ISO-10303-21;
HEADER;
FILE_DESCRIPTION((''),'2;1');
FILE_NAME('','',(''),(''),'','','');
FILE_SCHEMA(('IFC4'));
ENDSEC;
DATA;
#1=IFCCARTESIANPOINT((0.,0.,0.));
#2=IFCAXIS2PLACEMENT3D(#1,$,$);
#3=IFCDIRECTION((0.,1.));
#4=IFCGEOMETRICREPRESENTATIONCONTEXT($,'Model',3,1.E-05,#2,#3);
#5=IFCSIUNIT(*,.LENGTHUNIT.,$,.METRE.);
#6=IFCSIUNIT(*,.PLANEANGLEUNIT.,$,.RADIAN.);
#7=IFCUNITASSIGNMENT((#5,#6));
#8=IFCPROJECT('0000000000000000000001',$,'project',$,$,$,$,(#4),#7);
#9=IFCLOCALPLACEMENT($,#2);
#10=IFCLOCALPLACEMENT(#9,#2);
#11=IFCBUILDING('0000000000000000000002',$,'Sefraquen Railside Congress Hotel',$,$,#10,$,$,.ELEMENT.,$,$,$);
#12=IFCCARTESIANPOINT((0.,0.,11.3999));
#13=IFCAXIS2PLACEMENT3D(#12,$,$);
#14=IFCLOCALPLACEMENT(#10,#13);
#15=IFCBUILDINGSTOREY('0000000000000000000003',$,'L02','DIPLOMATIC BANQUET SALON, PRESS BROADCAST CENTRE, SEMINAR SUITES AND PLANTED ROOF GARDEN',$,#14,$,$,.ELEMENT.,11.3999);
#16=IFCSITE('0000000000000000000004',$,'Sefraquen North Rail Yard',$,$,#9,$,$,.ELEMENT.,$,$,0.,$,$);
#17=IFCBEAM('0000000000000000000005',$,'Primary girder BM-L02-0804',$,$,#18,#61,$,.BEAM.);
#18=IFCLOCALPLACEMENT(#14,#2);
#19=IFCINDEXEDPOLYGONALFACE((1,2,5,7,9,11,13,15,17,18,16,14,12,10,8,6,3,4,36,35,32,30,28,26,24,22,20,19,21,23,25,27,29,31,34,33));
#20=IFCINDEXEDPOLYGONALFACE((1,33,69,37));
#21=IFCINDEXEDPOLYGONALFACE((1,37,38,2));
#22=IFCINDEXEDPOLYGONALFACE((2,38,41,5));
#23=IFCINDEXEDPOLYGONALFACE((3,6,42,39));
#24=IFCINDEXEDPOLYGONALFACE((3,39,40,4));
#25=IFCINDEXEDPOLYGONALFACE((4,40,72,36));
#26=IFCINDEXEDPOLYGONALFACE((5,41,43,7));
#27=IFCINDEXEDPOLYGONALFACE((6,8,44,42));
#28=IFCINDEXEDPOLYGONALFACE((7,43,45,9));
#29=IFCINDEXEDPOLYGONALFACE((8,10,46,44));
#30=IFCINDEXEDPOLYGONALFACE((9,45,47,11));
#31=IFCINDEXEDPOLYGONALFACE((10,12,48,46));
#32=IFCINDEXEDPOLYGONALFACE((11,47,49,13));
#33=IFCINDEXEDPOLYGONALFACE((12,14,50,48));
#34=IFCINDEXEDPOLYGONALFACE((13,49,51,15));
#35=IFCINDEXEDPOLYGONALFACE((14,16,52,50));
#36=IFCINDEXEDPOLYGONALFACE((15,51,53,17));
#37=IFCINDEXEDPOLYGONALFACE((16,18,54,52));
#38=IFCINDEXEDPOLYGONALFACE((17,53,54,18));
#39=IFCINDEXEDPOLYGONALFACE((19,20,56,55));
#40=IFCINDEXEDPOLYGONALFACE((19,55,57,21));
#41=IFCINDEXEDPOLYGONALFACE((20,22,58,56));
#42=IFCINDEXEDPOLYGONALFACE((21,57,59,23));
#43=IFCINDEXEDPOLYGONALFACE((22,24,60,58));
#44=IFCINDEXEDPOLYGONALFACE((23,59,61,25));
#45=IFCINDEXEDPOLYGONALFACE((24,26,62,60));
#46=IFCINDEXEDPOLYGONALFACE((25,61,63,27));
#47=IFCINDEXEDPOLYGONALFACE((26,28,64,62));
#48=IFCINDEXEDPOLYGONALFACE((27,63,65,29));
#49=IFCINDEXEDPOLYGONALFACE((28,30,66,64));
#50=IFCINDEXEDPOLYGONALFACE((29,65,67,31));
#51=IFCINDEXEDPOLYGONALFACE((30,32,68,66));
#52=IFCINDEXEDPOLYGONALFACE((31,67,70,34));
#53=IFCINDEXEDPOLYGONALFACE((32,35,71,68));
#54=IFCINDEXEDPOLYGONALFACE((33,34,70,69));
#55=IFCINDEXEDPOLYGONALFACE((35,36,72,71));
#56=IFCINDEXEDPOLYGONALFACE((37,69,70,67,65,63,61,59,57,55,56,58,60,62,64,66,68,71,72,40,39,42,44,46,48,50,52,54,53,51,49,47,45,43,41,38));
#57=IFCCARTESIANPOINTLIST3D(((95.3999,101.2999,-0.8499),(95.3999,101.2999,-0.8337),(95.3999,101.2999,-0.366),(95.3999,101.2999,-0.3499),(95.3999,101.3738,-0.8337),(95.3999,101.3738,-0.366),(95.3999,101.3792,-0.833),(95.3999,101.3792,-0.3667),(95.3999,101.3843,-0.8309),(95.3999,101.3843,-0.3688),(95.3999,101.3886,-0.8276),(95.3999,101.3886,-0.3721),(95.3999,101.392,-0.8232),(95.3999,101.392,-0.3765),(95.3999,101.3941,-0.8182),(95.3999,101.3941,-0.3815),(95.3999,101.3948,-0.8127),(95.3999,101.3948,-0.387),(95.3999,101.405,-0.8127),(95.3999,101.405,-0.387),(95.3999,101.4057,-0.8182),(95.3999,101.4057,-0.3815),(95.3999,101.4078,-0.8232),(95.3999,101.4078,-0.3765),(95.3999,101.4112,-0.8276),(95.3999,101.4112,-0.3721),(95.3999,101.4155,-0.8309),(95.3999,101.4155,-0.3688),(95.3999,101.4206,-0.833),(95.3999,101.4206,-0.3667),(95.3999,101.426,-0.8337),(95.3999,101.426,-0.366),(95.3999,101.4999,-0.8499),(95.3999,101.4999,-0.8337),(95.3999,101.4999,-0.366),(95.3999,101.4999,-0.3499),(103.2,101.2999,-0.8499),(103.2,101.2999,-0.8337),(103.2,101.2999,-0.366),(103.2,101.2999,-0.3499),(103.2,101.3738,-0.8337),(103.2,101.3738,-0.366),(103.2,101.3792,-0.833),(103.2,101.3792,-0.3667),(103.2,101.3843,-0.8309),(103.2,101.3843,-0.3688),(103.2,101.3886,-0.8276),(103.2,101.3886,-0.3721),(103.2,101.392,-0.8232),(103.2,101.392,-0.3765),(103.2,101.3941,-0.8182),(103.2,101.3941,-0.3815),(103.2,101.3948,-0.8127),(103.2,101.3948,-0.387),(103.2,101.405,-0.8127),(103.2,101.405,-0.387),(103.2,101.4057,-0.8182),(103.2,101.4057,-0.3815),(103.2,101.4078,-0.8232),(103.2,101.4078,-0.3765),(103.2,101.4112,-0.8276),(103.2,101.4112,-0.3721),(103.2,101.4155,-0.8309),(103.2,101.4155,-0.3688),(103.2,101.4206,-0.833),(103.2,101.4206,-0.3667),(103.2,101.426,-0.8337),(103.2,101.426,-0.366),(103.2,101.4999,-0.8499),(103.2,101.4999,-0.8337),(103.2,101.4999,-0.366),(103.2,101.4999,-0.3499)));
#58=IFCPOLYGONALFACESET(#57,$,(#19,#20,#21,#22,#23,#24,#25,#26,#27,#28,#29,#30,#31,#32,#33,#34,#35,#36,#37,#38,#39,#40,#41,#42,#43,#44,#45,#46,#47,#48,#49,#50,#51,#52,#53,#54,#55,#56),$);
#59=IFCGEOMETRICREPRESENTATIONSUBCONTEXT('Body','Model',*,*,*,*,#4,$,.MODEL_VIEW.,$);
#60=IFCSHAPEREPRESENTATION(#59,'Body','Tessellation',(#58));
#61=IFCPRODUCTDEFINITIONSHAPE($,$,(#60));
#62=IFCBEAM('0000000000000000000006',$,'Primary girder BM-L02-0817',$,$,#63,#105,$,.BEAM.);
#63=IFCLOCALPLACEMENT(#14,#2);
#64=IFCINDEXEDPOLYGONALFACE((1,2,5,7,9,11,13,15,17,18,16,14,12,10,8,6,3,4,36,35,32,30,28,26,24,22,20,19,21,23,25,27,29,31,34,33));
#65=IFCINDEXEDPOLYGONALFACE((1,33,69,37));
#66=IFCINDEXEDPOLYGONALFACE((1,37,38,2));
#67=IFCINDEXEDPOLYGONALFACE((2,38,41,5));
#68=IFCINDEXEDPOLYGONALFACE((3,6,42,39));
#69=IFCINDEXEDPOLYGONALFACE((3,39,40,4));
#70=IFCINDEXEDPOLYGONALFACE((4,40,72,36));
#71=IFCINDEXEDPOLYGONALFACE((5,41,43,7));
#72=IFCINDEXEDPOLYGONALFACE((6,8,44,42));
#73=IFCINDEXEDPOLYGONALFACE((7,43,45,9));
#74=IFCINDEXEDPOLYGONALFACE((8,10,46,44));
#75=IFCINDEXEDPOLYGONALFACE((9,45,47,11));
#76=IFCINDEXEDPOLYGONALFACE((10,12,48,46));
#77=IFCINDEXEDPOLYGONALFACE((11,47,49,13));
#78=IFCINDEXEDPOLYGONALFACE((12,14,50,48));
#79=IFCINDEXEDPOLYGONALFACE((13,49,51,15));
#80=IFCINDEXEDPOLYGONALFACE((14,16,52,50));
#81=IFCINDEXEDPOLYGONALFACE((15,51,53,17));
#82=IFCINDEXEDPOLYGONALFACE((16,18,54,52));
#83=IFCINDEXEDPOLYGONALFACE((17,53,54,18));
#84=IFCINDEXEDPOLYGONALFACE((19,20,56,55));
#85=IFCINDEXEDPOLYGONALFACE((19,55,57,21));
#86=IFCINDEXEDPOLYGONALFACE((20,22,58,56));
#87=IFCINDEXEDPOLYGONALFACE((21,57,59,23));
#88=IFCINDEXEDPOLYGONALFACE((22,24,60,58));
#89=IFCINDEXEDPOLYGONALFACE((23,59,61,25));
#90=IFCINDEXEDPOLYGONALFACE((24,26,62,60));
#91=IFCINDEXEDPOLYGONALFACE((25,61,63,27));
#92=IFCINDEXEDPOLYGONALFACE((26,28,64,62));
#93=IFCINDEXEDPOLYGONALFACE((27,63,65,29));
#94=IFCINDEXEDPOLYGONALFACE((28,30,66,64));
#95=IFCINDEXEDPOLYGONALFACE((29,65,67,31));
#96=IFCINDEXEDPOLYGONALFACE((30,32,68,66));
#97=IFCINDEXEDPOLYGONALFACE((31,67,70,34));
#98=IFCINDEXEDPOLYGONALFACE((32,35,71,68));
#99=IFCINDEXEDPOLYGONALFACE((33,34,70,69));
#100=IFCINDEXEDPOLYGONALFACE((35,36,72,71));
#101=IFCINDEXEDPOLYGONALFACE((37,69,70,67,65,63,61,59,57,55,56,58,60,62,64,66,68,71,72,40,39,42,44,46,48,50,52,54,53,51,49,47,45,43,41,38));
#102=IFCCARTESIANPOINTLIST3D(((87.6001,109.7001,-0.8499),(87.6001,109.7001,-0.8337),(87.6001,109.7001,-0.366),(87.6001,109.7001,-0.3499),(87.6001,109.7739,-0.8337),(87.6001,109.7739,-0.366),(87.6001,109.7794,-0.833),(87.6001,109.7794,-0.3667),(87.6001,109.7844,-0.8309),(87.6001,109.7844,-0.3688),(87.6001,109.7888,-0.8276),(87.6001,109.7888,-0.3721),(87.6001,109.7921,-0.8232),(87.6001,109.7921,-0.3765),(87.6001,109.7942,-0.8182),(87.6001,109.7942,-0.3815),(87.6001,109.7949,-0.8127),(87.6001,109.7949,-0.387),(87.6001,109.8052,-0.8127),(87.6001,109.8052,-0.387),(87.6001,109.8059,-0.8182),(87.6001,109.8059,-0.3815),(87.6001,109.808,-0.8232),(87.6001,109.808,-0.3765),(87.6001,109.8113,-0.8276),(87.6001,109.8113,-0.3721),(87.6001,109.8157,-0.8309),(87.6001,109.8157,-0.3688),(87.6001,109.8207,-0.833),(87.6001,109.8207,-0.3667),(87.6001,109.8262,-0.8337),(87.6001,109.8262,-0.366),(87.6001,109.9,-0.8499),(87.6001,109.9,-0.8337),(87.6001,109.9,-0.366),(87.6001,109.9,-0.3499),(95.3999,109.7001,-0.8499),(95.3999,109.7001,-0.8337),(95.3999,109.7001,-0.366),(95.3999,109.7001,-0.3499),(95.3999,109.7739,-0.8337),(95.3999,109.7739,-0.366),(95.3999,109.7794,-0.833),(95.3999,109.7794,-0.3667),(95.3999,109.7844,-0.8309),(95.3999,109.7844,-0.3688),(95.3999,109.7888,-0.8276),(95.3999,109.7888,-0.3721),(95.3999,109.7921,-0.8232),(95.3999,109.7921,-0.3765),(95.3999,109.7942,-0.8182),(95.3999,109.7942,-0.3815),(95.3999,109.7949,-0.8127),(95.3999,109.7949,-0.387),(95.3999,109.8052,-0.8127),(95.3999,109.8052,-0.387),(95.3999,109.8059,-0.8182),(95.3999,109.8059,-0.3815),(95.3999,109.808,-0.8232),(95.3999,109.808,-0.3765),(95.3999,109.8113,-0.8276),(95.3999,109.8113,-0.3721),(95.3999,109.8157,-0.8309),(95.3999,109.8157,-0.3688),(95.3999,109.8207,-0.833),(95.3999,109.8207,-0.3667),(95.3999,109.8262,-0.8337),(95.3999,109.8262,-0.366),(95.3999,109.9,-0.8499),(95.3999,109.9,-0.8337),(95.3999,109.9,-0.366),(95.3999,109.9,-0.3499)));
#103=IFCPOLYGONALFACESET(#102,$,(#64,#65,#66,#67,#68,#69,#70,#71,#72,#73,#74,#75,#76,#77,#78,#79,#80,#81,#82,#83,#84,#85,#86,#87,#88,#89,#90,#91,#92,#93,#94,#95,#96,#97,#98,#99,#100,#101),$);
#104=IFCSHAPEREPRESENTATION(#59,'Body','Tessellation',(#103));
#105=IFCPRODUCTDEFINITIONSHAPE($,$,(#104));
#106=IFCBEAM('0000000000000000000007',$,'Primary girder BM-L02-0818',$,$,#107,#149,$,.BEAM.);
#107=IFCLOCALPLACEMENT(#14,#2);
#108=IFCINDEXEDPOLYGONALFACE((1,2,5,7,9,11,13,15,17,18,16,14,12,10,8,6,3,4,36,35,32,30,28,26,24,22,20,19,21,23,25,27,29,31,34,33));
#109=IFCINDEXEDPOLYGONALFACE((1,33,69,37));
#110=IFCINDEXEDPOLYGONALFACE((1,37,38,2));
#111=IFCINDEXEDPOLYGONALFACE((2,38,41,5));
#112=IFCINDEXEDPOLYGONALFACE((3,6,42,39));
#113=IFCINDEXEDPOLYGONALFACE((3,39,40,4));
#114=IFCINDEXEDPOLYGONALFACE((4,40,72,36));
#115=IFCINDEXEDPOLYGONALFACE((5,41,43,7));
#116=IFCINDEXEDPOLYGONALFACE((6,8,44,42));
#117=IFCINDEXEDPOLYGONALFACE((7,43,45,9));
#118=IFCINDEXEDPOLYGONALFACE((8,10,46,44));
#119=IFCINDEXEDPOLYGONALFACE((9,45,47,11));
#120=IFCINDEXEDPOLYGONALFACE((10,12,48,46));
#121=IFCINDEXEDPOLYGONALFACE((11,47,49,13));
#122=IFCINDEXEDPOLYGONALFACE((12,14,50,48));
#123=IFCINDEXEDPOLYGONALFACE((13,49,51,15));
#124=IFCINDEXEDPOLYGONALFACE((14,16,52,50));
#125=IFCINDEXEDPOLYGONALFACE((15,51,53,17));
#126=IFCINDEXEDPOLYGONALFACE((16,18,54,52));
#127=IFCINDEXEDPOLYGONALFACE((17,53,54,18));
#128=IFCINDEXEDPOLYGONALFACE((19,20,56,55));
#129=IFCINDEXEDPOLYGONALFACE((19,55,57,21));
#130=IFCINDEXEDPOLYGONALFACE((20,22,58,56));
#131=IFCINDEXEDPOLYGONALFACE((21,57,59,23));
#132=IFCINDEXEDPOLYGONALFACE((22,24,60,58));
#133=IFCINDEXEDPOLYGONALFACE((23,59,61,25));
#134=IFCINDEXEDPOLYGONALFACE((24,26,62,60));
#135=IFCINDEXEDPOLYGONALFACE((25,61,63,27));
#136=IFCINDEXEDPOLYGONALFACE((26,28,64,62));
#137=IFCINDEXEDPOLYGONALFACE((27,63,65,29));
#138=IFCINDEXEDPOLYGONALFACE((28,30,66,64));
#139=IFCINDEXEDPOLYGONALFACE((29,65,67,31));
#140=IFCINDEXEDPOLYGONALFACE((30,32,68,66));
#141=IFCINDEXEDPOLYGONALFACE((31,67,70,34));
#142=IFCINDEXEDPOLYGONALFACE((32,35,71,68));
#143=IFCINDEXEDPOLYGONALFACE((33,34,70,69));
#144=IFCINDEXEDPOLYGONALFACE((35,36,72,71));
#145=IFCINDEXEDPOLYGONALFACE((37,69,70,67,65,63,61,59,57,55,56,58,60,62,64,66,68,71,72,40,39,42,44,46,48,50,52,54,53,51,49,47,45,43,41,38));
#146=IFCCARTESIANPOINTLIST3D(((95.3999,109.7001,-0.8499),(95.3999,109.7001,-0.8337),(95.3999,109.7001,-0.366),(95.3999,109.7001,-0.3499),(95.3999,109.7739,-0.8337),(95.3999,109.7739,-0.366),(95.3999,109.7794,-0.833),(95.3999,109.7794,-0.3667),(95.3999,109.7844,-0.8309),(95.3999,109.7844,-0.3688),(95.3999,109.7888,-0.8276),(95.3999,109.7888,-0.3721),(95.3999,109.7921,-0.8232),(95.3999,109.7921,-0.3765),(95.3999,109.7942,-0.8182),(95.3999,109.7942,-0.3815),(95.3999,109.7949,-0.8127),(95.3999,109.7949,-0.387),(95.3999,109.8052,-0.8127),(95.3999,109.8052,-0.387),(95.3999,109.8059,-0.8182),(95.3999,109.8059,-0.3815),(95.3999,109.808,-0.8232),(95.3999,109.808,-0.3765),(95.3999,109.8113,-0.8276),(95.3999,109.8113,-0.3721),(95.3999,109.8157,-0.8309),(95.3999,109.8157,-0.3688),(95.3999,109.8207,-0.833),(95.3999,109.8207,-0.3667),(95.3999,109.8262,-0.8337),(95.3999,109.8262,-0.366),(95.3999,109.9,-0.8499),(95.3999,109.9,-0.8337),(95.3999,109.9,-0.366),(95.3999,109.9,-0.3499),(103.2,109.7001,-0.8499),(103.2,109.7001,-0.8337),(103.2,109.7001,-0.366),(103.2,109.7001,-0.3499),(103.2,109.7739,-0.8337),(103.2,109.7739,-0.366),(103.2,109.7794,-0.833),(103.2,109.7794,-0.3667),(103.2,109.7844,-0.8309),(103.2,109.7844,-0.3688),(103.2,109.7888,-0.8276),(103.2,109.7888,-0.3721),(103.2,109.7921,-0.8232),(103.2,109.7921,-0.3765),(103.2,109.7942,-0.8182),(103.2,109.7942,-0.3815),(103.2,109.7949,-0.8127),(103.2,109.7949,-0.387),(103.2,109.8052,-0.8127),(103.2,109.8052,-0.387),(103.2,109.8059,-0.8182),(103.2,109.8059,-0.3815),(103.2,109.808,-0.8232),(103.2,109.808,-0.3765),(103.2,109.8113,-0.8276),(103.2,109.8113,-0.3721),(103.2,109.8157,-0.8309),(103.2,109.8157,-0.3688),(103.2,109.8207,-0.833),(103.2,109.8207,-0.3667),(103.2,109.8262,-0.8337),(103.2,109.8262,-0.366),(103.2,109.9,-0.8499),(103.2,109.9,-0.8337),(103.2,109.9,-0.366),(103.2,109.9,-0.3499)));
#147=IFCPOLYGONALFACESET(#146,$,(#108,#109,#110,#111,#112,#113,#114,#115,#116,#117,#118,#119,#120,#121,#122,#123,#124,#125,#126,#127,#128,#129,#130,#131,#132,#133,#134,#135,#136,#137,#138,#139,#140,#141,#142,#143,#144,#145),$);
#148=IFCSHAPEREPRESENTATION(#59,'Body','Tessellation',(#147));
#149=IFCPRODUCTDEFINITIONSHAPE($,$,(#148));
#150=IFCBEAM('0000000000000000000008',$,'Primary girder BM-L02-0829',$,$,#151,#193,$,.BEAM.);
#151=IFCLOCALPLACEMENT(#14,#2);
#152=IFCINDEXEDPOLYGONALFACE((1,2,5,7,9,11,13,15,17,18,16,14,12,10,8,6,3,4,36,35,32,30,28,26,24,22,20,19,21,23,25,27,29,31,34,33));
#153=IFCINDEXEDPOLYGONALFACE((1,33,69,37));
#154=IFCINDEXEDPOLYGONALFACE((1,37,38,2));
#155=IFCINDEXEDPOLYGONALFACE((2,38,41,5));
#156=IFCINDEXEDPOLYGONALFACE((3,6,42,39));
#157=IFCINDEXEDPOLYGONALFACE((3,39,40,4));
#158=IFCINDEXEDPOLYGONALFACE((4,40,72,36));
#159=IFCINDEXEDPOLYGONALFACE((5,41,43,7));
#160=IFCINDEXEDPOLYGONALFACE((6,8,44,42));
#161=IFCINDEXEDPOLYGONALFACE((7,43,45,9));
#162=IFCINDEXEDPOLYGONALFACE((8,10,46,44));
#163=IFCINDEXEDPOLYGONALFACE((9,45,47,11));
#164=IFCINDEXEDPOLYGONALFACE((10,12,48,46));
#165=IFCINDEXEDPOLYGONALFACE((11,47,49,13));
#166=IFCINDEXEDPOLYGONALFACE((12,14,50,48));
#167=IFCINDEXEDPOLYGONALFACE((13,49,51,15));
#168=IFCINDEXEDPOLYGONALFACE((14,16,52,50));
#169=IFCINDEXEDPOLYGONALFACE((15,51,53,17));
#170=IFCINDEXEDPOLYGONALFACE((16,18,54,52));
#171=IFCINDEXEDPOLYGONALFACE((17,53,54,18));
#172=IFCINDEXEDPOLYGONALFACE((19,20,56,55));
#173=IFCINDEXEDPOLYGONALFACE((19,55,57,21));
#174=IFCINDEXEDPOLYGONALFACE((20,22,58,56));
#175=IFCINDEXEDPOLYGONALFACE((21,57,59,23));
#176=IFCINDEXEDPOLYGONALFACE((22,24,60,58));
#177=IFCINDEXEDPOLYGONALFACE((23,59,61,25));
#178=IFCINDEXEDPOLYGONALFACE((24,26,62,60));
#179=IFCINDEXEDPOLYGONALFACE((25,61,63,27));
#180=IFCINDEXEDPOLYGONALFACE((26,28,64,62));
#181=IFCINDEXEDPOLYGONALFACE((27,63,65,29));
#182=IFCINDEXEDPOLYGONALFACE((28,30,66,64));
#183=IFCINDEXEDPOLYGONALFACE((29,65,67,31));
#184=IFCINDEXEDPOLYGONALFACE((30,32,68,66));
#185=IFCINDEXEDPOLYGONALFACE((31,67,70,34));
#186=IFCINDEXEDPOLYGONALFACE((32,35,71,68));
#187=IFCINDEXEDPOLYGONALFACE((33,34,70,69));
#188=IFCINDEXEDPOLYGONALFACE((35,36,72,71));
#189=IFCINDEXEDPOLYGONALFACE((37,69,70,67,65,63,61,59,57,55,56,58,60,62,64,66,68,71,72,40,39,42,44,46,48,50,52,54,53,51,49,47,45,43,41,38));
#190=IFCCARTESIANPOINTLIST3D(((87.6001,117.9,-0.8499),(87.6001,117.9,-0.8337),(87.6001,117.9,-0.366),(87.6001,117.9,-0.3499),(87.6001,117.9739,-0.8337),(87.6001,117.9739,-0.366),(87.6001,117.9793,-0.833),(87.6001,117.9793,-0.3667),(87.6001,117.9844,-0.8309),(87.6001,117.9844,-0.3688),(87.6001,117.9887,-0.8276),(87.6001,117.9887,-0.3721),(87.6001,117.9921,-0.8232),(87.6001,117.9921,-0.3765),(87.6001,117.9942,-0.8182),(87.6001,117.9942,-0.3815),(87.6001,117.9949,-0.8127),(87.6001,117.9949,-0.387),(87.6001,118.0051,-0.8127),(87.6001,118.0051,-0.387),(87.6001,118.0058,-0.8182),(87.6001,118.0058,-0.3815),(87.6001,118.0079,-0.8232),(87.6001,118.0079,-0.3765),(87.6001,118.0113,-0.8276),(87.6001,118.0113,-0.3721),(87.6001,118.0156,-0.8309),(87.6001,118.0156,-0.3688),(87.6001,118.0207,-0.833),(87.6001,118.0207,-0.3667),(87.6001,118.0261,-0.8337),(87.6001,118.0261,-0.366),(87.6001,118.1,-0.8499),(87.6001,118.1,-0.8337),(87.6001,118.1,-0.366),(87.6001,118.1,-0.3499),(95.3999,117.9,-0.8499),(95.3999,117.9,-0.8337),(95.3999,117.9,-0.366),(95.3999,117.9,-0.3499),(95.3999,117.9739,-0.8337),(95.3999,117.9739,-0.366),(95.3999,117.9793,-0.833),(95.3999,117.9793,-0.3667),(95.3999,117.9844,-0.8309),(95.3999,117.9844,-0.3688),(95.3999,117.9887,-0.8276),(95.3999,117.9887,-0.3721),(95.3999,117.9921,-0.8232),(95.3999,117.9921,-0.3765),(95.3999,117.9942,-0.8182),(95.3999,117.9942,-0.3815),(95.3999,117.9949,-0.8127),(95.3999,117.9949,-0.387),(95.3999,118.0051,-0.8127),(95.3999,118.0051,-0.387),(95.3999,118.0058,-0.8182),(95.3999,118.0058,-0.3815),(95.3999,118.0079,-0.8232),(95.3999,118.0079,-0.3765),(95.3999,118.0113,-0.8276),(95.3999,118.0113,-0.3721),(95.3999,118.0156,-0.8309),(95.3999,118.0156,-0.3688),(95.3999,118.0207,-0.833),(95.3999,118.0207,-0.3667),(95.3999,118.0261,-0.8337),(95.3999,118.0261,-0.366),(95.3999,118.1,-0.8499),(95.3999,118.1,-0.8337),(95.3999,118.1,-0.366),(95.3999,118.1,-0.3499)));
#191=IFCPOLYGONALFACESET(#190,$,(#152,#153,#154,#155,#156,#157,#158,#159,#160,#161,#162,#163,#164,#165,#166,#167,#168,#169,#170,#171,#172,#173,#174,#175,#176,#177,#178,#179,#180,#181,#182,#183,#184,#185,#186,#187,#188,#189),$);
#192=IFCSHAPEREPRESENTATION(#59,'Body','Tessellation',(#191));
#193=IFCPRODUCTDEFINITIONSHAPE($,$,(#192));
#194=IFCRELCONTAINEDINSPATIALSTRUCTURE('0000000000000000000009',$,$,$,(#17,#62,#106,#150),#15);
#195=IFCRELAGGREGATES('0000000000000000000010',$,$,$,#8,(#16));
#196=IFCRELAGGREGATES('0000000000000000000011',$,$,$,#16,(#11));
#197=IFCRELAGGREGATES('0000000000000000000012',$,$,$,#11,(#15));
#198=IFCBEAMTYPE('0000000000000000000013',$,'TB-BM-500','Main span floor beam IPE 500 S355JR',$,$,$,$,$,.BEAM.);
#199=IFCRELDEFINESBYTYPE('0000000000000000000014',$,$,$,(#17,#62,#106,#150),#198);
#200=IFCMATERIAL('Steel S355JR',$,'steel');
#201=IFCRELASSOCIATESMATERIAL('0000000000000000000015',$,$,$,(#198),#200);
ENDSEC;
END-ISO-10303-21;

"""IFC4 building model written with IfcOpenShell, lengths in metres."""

from ifc_helpers import new_model, si_unit, direction, frame, origin, origin_2d, place, context, subcontext, project, spatial, i_section, extrude, material, material_profile, profile_set, type_object, element, save


model = new_model("IFC4")

# Units and contexts
model_context = context("Model", 3, precision=1e-05, world=origin(), true_north=direction((0.0, 1.0)))
body_context = subcontext(model_context, "Body", "Model", "MODEL_VIEW")
ifc_project = project(units=[si_unit("LENGTHUNIT", "METRE"), si_unit("PLANEANGLEUNIT", "RADIAN")], contexts=[model_context])

# Site, building, storey
site_placement = place(None, origin())
site = spatial("IfcSite", under=ifc_project, at=site_placement, Name="Sefraquen North Rail Yard", CompositionType="ELEMENT", RefElevation=0.0)
building_placement = place(site_placement, origin())
building = spatial("IfcBuilding", under=site, at=building_placement, Name="Sefraquen Railside Congress Hotel", CompositionType="ELEMENT")
storey_placement = place(building_placement, frame((0.0, 0.0, 11.3999)))
storey = spatial("IfcBuildingStorey", under=building, at=storey_placement, Name="L02", Description="DIPLOMATIC BANQUET SALON, PRESS BROADCAST CENTRE, SEMINAR SUITES AND PLANTED ROOF GARDEN", CompositionType="ELEMENT", Elevation=11.3999)

# Shared definitions
ifc_material_1 = material(Name="Steel S355JR", Category="steel")

# Beams
ifc_material_profile_1 = material_profile(ifc_material_1, i_section(OverallWidth=0.2, OverallDepth=0.5, WebThickness=0.0103, FlangeThickness=0.0161, FilletRadius=0.021, at=origin_2d()), Name="IPE 500")
ifc_profile_set_1 = profile_set([ifc_material_profile_1], Name="Steel S355JR")
beam_type_1 = type_object("IfcBeamType", Name="TB-BM-500", Description="Main span floor beam IPE 500 S355JR", PredefinedType="BEAM", material=ifc_profile_set_1)
for number, where, z_axis, x_axis, name in (
    (1, (95.3999, 101.3999, -0.5999), (1.0, 0.0, 0.0), (0.0, 1.0, 0.0), "Primary girder BM-L02-0804"),
):
    element("IfcBeam", number, at=place(storey_placement, frame(where, z_axis=z_axis, x_axis=x_axis)), inside=storey, type_object=beam_type_1, Name=name, PredefinedType="BEAM", context=body_context, shape_type="SweptSolid", body=[
        extrude(i_section(OverallWidth=0.2, OverallDepth=0.5, WebThickness=0.0103, FlangeThickness=0.0161, FilletRadius=0.021, at=origin_2d()), origin(), (0.0, 0.0, 1.0), 7.8),
    ])
beam_1_placement = place(storey_placement, frame((87.6001, 109.8, -0.5999), z_axis=(1.0, 0.0, 0.0), x_axis=(0.0, 1.0, 0.0)))
element("IfcBeam", 2, at=beam_1_placement, inside=storey, type_object=beam_type_1, Name="Primary girder BM-L02-0817", PredefinedType="BEAM", context=body_context, shape_type="SweptSolid", body=[
    extrude(i_section(OverallWidth=0.2, OverallDepth=0.5, WebThickness=0.0103, FlangeThickness=0.0161, FilletRadius=0.021, at=origin_2d()), origin(), (0.0, 0.0, 1.0), 7.7998),
])
beam_2_placement = place(storey_placement, frame((95.3999, 109.8, -0.5999), z_axis=(1.0, 0.0, 0.0), x_axis=(0.0, 1.0, 0.0)))
element("IfcBeam", 3, at=beam_2_placement, inside=storey, type_object=beam_type_1, Name="Primary girder BM-L02-0818", PredefinedType="BEAM", context=body_context, shape_type="SweptSolid", body=[
    extrude(i_section(OverallWidth=0.2, OverallDepth=0.5, WebThickness=0.0103, FlangeThickness=0.0161, FilletRadius=0.021, at=origin_2d()), origin(), (0.0, 0.0, 1.0), 7.8),
])
beam_3_placement = place(storey_placement, frame((87.6001, 118.0, -0.5999), z_axis=(1.0, 0.0, 0.0), x_axis=(0.0, 1.0, 0.0)))
element("IfcBeam", 4, at=beam_3_placement, inside=storey, type_object=beam_type_1, Name="Primary girder BM-L02-0829", PredefinedType="BEAM", context=body_context, shape_type="SweptSolid", body=[
    extrude(i_section(OverallWidth=0.2, OverallDepth=0.5, WebThickness=0.0103, FlangeThickness=0.0161, FilletRadius=0.021, at=origin_2d()), origin(), (0.0, 0.0, 1.0), 7.7998),
])

save(model, "model.ifc")
